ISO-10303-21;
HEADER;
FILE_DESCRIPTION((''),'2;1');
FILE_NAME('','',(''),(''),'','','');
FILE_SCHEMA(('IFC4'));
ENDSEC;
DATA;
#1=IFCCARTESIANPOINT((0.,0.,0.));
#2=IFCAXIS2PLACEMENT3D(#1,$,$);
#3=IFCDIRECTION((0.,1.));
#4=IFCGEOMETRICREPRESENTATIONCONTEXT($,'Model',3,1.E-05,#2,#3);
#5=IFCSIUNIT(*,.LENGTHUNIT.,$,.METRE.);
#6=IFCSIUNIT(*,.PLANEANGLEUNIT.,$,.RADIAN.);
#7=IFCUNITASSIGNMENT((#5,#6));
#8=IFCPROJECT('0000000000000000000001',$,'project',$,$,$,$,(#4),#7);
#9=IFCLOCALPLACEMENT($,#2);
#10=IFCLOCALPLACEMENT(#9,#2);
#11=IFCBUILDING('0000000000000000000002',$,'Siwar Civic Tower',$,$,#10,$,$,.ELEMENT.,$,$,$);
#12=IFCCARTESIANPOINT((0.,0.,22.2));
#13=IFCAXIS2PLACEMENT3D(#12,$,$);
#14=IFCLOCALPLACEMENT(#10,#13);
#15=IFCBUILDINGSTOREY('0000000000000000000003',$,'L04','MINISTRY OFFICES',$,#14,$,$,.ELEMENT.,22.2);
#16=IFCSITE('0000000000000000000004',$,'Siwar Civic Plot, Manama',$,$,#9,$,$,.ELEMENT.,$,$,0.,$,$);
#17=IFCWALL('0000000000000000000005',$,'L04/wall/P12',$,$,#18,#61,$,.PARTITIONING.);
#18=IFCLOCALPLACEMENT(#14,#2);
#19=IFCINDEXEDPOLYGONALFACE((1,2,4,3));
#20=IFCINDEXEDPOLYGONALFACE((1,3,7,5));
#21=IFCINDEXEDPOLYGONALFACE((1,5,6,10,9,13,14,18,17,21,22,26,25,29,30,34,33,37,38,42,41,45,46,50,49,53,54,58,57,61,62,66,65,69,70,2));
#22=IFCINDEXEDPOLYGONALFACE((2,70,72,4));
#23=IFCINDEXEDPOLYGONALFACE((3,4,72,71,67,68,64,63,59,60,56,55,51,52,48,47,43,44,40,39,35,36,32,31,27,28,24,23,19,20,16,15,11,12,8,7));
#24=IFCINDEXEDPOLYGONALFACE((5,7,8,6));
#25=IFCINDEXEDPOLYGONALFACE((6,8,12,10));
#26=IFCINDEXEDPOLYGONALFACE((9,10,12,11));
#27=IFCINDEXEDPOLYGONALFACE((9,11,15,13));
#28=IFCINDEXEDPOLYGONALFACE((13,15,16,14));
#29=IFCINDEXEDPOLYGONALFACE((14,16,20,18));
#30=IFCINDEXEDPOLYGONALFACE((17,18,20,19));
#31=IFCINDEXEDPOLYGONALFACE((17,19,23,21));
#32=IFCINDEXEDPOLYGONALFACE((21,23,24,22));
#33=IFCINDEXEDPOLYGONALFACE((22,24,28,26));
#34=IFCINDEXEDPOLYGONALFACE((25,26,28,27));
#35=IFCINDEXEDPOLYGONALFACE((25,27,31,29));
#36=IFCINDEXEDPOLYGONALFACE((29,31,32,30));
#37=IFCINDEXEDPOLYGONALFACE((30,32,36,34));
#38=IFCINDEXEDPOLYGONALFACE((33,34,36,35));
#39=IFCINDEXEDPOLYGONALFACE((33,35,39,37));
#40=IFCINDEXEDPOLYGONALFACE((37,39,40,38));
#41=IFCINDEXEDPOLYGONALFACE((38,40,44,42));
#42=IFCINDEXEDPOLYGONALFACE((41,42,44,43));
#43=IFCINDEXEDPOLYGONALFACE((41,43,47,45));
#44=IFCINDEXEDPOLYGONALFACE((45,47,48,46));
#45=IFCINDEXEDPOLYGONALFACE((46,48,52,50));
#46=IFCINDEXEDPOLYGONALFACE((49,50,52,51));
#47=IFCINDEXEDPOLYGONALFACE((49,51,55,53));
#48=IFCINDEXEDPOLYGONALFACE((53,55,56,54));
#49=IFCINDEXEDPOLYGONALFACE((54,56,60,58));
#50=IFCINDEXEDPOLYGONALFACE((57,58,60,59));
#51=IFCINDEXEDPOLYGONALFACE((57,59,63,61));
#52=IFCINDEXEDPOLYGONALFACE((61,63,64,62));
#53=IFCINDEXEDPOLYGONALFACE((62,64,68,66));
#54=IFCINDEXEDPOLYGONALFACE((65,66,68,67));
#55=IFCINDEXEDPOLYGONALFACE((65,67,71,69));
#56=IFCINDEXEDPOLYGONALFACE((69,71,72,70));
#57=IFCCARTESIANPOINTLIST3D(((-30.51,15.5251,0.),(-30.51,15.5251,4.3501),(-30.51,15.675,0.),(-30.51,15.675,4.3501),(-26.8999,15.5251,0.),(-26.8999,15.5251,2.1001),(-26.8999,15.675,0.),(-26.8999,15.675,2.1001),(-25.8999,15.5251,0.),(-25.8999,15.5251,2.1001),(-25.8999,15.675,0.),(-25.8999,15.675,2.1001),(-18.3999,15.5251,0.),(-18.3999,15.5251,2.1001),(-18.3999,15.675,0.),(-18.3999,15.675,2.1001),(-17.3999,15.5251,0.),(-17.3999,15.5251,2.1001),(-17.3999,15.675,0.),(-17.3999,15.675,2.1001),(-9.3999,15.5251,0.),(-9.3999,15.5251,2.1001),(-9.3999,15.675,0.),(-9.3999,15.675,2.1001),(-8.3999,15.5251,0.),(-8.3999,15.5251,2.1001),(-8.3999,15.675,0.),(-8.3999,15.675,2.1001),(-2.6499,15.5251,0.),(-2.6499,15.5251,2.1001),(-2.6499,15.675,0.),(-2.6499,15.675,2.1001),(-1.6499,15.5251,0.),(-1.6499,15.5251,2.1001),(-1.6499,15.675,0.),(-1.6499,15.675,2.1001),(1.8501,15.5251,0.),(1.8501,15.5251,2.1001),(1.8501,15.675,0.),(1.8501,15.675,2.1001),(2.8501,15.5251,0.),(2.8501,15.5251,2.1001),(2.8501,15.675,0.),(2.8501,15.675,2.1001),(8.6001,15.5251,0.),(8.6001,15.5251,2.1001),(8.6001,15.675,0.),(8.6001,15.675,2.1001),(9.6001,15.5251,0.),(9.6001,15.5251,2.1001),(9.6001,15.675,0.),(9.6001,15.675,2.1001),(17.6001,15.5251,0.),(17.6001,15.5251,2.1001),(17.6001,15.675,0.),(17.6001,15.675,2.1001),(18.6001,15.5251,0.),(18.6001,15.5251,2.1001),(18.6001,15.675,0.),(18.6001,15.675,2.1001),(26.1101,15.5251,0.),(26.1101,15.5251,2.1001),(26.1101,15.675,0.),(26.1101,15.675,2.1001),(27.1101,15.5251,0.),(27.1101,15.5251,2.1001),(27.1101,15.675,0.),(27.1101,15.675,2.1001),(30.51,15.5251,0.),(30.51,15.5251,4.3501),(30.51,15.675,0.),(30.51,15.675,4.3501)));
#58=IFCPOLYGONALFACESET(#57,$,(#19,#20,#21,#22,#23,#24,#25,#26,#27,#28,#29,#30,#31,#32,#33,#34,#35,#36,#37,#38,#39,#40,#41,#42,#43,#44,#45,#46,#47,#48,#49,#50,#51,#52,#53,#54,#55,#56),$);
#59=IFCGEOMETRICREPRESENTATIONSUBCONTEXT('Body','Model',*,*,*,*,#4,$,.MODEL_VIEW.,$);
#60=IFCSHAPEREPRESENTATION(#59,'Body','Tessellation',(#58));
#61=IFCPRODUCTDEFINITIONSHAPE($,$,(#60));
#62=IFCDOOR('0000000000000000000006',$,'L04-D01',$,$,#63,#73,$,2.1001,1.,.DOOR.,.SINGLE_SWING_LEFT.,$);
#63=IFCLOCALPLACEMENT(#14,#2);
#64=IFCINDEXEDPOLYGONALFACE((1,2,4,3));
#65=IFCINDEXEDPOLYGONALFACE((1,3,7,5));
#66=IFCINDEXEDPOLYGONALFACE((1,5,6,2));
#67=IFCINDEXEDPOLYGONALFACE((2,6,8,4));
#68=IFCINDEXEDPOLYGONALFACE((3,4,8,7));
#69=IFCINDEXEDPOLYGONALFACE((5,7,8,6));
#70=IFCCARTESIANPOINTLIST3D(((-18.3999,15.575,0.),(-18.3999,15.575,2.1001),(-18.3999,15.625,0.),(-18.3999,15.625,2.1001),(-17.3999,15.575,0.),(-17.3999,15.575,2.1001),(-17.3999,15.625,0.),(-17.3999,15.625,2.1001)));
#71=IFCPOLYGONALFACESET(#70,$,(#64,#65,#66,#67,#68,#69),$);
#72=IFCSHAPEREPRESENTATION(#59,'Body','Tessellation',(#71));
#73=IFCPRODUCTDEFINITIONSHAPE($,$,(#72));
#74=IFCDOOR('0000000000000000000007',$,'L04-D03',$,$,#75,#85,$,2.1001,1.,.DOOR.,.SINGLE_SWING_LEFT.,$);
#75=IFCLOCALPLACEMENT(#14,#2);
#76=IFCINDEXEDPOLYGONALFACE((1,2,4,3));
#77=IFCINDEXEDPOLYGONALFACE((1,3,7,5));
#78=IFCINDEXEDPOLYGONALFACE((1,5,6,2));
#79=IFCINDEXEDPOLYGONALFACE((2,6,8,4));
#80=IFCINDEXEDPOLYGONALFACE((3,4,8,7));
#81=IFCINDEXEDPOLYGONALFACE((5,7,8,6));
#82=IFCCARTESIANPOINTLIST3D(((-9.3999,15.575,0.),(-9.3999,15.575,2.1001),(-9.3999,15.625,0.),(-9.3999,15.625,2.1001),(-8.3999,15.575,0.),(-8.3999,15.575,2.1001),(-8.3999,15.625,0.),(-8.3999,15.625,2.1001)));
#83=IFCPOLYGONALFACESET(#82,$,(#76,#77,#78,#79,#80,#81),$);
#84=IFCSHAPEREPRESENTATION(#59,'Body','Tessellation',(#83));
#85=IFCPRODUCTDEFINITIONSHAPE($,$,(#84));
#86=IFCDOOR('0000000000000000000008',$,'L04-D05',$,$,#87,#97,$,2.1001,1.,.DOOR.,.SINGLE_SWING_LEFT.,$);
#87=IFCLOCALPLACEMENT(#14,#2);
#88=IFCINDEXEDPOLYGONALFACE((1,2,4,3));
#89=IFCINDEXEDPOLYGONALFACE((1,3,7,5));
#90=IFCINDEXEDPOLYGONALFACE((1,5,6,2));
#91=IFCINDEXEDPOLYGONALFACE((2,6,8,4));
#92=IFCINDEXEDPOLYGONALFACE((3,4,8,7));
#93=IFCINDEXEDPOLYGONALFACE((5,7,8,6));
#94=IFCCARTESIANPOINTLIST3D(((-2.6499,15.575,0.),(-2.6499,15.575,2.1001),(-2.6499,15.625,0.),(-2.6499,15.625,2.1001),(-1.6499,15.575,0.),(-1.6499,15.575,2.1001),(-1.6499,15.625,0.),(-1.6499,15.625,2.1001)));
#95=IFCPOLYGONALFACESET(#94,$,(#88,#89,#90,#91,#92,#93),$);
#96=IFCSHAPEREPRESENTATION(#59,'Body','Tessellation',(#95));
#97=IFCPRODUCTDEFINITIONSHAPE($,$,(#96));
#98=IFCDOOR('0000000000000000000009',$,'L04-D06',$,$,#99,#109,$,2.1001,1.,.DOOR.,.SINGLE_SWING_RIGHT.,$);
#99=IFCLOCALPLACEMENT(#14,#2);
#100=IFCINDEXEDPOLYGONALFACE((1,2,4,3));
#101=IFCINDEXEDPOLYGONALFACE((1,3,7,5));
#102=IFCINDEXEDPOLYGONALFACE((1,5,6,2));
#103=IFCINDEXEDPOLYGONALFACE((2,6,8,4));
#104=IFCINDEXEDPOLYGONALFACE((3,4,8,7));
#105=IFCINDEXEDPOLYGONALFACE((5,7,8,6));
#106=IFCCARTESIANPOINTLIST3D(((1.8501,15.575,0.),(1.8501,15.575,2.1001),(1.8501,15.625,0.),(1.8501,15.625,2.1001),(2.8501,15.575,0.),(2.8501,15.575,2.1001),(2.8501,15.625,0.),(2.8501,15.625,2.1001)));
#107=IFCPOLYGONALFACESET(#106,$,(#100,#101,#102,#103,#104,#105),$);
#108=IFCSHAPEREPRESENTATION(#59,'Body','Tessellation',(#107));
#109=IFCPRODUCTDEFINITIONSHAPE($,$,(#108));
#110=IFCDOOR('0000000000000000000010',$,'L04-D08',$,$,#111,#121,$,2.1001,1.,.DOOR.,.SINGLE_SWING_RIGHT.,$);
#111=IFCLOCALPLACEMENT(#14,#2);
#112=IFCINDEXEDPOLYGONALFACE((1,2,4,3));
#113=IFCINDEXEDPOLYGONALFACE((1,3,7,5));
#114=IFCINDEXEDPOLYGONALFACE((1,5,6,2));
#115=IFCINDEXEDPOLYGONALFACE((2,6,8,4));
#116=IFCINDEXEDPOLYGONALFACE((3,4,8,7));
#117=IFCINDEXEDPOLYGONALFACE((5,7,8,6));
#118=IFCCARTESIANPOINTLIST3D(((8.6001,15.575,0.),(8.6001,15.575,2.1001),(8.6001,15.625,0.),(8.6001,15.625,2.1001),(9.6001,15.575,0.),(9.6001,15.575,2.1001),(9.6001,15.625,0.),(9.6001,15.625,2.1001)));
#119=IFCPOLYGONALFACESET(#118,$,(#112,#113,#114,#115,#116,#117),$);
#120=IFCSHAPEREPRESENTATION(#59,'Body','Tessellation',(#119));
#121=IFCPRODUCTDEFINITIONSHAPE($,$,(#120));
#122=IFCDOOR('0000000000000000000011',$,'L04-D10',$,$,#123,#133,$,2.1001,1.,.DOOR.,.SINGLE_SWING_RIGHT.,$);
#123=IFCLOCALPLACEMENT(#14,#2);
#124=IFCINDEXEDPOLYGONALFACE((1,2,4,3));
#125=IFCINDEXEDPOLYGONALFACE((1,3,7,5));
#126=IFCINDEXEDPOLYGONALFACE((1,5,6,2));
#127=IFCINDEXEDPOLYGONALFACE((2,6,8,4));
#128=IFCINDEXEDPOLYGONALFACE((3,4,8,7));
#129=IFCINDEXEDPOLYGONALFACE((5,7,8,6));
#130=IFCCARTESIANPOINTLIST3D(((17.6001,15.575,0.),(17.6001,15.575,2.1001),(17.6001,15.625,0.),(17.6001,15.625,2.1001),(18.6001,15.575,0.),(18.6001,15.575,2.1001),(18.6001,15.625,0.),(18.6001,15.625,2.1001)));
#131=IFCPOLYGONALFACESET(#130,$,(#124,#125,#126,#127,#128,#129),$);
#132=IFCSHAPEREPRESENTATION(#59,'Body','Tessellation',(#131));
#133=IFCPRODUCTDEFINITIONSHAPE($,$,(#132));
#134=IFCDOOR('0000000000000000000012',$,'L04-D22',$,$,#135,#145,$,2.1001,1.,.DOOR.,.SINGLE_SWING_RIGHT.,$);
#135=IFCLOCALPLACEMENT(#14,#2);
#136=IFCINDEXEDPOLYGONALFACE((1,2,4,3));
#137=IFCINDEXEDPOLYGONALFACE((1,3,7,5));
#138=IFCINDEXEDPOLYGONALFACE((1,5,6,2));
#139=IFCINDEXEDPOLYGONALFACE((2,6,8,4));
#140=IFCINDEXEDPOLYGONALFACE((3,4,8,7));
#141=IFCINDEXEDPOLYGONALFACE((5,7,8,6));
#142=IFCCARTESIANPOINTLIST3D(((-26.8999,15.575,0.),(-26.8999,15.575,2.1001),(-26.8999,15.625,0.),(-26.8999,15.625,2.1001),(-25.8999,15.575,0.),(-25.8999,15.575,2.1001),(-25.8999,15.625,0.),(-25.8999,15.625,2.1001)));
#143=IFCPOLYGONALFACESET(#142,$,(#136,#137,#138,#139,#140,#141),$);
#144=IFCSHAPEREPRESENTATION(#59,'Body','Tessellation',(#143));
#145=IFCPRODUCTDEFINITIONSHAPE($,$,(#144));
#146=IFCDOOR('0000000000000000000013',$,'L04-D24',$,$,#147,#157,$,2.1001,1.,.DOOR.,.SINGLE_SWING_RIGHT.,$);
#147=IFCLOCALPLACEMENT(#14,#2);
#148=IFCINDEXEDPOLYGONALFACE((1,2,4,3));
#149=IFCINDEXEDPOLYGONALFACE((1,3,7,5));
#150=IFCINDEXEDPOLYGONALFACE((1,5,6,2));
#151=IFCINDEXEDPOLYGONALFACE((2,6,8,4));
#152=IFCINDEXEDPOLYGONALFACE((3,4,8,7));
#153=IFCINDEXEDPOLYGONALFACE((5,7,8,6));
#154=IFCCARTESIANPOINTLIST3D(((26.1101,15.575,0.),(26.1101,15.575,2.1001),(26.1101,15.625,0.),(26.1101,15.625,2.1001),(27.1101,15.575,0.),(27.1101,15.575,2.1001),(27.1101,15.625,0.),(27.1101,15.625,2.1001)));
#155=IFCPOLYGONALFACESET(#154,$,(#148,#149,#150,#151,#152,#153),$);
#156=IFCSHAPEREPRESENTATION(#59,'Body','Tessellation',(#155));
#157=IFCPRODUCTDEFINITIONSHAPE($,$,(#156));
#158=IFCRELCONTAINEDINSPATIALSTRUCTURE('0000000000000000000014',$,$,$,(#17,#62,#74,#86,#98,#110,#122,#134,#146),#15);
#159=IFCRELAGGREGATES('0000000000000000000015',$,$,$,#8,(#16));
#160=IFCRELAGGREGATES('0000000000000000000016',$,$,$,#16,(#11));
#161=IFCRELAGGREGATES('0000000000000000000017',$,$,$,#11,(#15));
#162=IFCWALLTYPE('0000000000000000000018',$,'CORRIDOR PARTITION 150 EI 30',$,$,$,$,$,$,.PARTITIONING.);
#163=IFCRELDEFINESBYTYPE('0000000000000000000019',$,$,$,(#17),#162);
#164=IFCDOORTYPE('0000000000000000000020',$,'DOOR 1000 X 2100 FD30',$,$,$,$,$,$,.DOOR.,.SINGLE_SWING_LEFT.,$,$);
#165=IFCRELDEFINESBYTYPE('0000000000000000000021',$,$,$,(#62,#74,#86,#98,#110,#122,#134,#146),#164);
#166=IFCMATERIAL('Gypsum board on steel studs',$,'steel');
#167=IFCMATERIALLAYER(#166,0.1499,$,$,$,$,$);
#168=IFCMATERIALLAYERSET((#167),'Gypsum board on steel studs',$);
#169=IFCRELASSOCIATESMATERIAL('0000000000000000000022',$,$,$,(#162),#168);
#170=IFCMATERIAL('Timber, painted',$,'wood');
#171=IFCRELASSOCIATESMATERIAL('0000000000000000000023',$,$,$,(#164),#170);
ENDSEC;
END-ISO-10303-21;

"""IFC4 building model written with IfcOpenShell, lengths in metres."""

from ifc_helpers import new_model, si_unit, direction, frame, frame_2d, origin, place, context, subcontext, project, spatial, rectangle, extrude, material, layer, layer_set, type_object, element, fill, save


model = new_model("IFC4")

# Units and contexts
model_context = context("Model", 3, precision=1e-05, world=origin(), true_north=direction((0.0, 1.0)))
body_context = subcontext(model_context, "Body", "Model", "MODEL_VIEW")
ifc_project = project(units=[si_unit("LENGTHUNIT", "METRE"), si_unit("PLANEANGLEUNIT", "RADIAN")], contexts=[model_context])

# Site, building, storey
site_placement = place(None, origin())
site = spatial("IfcSite", under=ifc_project, at=site_placement, Name="Siwar Civic Plot, Manama", CompositionType="ELEMENT", RefElevation=0.0)
building_placement = place(site_placement, origin())
building = spatial("IfcBuilding", under=site, at=building_placement, Name="Siwar Civic Tower", CompositionType="ELEMENT")
storey_placement = place(building_placement, frame((0.0, 0.0, 22.2)))
storey = spatial("IfcBuildingStorey", under=building, at=storey_placement, Name="L04", Description="MINISTRY OFFICES", CompositionType="ELEMENT", Elevation=22.2)

# Wall, openings, doors
ifc_material_1 = material(Name="Gypsum board on steel studs", Category="steel")
ifc_layer_1 = layer(ifc_material_1, 0.1499)
ifc_layer_set_1 = layer_set([ifc_layer_1], Name="Gypsum board on steel studs")
wall_type_1 = type_object("IfcWallType", Name="CORRIDOR PARTITION 150 EI 30", PredefinedType="PARTITIONING", material=ifc_layer_set_1)
wall_1_placement = place(storey_placement, frame((-30.51, 15.6001, 0.0), z_axis=(0.0, 0.0, 1.0), x_axis=(1.0, 0.0, 0.0)))
wall_1 = element("IfcWall", 1, at=wall_1_placement, inside=storey, type_object=wall_type_1, Name="L04/wall/P12", PredefinedType="PARTITIONING", context=body_context, shape_type="SweptSolid", body=[
    extrude(rectangle(XDim=61.02, YDim=0.1499, at=frame_2d((30.51, 0.0))), origin(), (0.0, 0.0, 1.0), 4.3501),
])
opening_1_placement = place(wall_1_placement, frame((12.1101, 0.0, 0.0)))
opening_1 = element("IfcOpeningElement", 2, at=opening_1_placement, cuts=wall_1, PredefinedType="OPENING", context=body_context, shape_type="SweptSolid", body=[
    extrude(rectangle(XDim=1.0, YDim=2.1001, at=frame_2d((0.5, 1.05))), frame((0.0, 0.085, 0.0), z_axis=(0.0, -1.0, 0.0), x_axis=(1.0, 0.0, 0.0)), (0.0, 0.0, 1.0), 0.1699),
])
opening_2_placement = place(wall_1_placement, frame((21.1101, 0.0, 0.0)))
opening_2 = element("IfcOpeningElement", 3, at=opening_2_placement, cuts=wall_1, PredefinedType="OPENING", context=body_context, shape_type="SweptSolid", body=[
    extrude(rectangle(XDim=1.0, YDim=2.1001, at=frame_2d((0.5, 1.05))), frame((0.0, 0.085, 0.0), z_axis=(0.0, -1.0, 0.0), x_axis=(1.0, 0.0, 0.0)), (0.0, 0.0, 1.0), 0.1699),
])
opening_3_placement = place(wall_1_placement, frame((27.8601, 0.0, 0.0)))
opening_3 = element("IfcOpeningElement", 4, at=opening_3_placement, cuts=wall_1, PredefinedType="OPENING", context=body_context, shape_type="SweptSolid", body=[
    extrude(rectangle(XDim=1.0, YDim=2.1001, at=frame_2d((0.5, 1.05))), frame((0.0, 0.085, 0.0), z_axis=(0.0, -1.0, 0.0), x_axis=(1.0, 0.0, 0.0)), (0.0, 0.0, 1.0), 0.1699),
])
opening_4_placement = place(wall_1_placement, frame((32.3601, 0.0, 0.0)))
opening_4 = element("IfcOpeningElement", 5, at=opening_4_placement, cuts=wall_1, PredefinedType="OPENING", context=body_context, shape_type="SweptSolid", body=[
    extrude(rectangle(XDim=1.0, YDim=2.1001, at=frame_2d((0.5, 1.05))), frame((0.0, 0.085, 0.0), z_axis=(0.0, -1.0, 0.0), x_axis=(1.0, 0.0, 0.0)), (0.0, 0.0, 1.0), 0.1699),
])
opening_5_placement = place(wall_1_placement, frame((39.1101, 0.0, 0.0)))
opening_5 = element("IfcOpeningElement", 6, at=opening_5_placement, cuts=wall_1, PredefinedType="OPENING", context=body_context, shape_type="SweptSolid", body=[
    extrude(rectangle(XDim=1.0, YDim=2.1001, at=frame_2d((0.5, 1.05))), frame((0.0, 0.085, 0.0), z_axis=(0.0, -1.0, 0.0), x_axis=(1.0, 0.0, 0.0)), (0.0, 0.0, 1.0), 0.1699),
])
opening_6_placement = place(wall_1_placement, frame((48.1101, 0.0, 0.0)))
opening_6 = element("IfcOpeningElement", 7, at=opening_6_placement, cuts=wall_1, PredefinedType="OPENING", context=body_context, shape_type="SweptSolid", body=[
    extrude(rectangle(XDim=1.0, YDim=2.1001, at=frame_2d((0.5, 1.05))), frame((0.0, 0.085, 0.0), z_axis=(0.0, -1.0, 0.0), x_axis=(1.0, 0.0, 0.0)), (0.0, 0.0, 1.0), 0.1699),
])
opening_7_placement = place(wall_1_placement, frame((3.6101, 0.0, 0.0)))
opening_7 = element("IfcOpeningElement", 8, at=opening_7_placement, cuts=wall_1, PredefinedType="OPENING", context=body_context, shape_type="SweptSolid", body=[
    extrude(rectangle(XDim=1.0, YDim=2.1001, at=frame_2d((0.5, 1.05))), frame((0.0, 0.085, 0.0), z_axis=(0.0, -1.0, 0.0), x_axis=(1.0, 0.0, 0.0)), (0.0, 0.0, 1.0), 0.1699),
])
opening_8_placement = place(wall_1_placement, frame((56.6201, 0.0, 0.0)))
opening_8 = element("IfcOpeningElement", 9, at=opening_8_placement, cuts=wall_1, PredefinedType="OPENING", context=body_context, shape_type="SweptSolid", body=[
    extrude(rectangle(XDim=1.0, YDim=2.1001, at=frame_2d((0.5, 1.05))), frame((0.0, 0.085, 0.0), z_axis=(0.0, -1.0, 0.0), x_axis=(1.0, 0.0, 0.0)), (0.0, 0.0, 1.0), 0.1699),
])
ifc_material_2 = material(Name="Timber, painted", Category="wood")
door_type_1 = type_object("IfcDoorType", Name="DOOR 1000 X 2100 FD30", OperationType="SINGLE_SWING_LEFT", PredefinedType="DOOR", material=ifc_material_2)
door_1_placement = place(opening_1_placement, origin())
door_1 = element("IfcDoor", 10, at=door_1_placement, inside=storey, type_object=door_type_1, Name="L04-D01", OperationType="SINGLE_SWING_LEFT", OverallHeight=2.1001, OverallWidth=1.0, PredefinedType="DOOR", context=body_context, shape_type="SweptSolid", body=[
    extrude(rectangle(XDim=1.0, YDim=2.1001, at=frame_2d((0.5, 1.05))), frame((0.0, 0.0249, 0.0), z_axis=(0.0, -1.0, 0.0), x_axis=(1.0, 0.0, 0.0)), (0.0, 0.0, 1.0), 0.05),
])
fill(opening_1, door_1)
door_2_placement = place(opening_2_placement, origin())
door_2 = element("IfcDoor", 11, at=door_2_placement, inside=storey, type_object=door_type_1, Name="L04-D03", OperationType="SINGLE_SWING_LEFT", OverallHeight=2.1001, OverallWidth=1.0, PredefinedType="DOOR", context=body_context, shape_type="SweptSolid", body=[
    extrude(rectangle(XDim=1.0, YDim=2.1001, at=frame_2d((0.5, 1.05))), frame((0.0, 0.0249, 0.0), z_axis=(0.0, -1.0, 0.0), x_axis=(1.0, 0.0, 0.0)), (0.0, 0.0, 1.0), 0.05),
])
fill(opening_2, door_2)
door_3_placement = place(opening_3_placement, origin())
door_3 = element("IfcDoor", 12, at=door_3_placement, inside=storey, type_object=door_type_1, Name="L04-D05", OperationType="SINGLE_SWING_LEFT", OverallHeight=2.1001, OverallWidth=1.0, PredefinedType="DOOR", context=body_context, shape_type="SweptSolid", body=[
    extrude(rectangle(XDim=1.0, YDim=2.1001, at=frame_2d((0.5, 1.05))), frame((0.0, 0.0249, 0.0), z_axis=(0.0, -1.0, 0.0), x_axis=(1.0, 0.0, 0.0)), (0.0, 0.0, 1.0), 0.05),
])
fill(opening_3, door_3)
door_4_placement = place(opening_4_placement, origin())
door_4 = element("IfcDoor", 13, at=door_4_placement, inside=storey, type_object=door_type_1, Name="L04-D06", OperationType="SINGLE_SWING_RIGHT", OverallHeight=2.1001, OverallWidth=1.0, PredefinedType="DOOR", context=body_context, shape_type="SweptSolid", body=[
    extrude(rectangle(XDim=1.0, YDim=2.1001, at=frame_2d((0.5, 1.05))), frame((0.0, 0.0249, 0.0), z_axis=(0.0, -1.0, 0.0), x_axis=(1.0, 0.0, 0.0)), (0.0, 0.0, 1.0), 0.05),
])
fill(opening_4, door_4)
door_5_placement = place(opening_5_placement, origin())
door_5 = element("IfcDoor", 14, at=door_5_placement, inside=storey, type_object=door_type_1, Name="L04-D08", OperationType="SINGLE_SWING_RIGHT", OverallHeight=2.1001, OverallWidth=1.0, PredefinedType="DOOR", context=body_context, shape_type="SweptSolid", body=[
    extrude(rectangle(XDim=1.0, YDim=2.1001, at=frame_2d((0.5, 1.05))), frame((0.0, 0.0249, 0.0), z_axis=(0.0, -1.0, 0.0), x_axis=(1.0, 0.0, 0.0)), (0.0, 0.0, 1.0), 0.05),
])
fill(opening_5, door_5)
door_6_placement = place(opening_6_placement, origin())
door_6 = element("IfcDoor", 15, at=door_6_placement, inside=storey, type_object=door_type_1, Name="L04-D10", OperationType="SINGLE_SWING_RIGHT", OverallHeight=2.1001, OverallWidth=1.0, PredefinedType="DOOR", context=body_context, shape_type="SweptSolid", body=[
    extrude(rectangle(XDim=1.0, YDim=2.1001, at=frame_2d((0.5, 1.05))), frame((0.0, 0.0249, 0.0), z_axis=(0.0, -1.0, 0.0), x_axis=(1.0, 0.0, 0.0)), (0.0, 0.0, 1.0), 0.05),
])
fill(opening_6, door_6)
door_7_placement = place(opening_7_placement, origin())
door_7 = element("IfcDoor", 16, at=door_7_placement, inside=storey, type_object=door_type_1, Name="L04-D22", OperationType="SINGLE_SWING_RIGHT", OverallHeight=2.1001, OverallWidth=1.0, PredefinedType="DOOR", context=body_context, shape_type="SweptSolid", body=[
    extrude(rectangle(XDim=1.0, YDim=2.1001, at=frame_2d((0.5, 1.05))), frame((0.0, 0.0249, 0.0), z_axis=(0.0, -1.0, 0.0), x_axis=(1.0, 0.0, 0.0)), (0.0, 0.0, 1.0), 0.05),
])
fill(opening_7, door_7)
door_8_placement = place(opening_8_placement, origin())
door_8 = element("IfcDoor", 17, at=door_8_placement, inside=storey, type_object=door_type_1, Name="L04-D24", OperationType="SINGLE_SWING_RIGHT", OverallHeight=2.1001, OverallWidth=1.0, PredefinedType="DOOR", context=body_context, shape_type="SweptSolid", body=[
    extrude(rectangle(XDim=1.0, YDim=2.1001, at=frame_2d((0.5, 1.05))), frame((0.0, 0.0249, 0.0), z_axis=(0.0, -1.0, 0.0), x_axis=(1.0, 0.0, 0.0)), (0.0, 0.0, 1.0), 0.05),
])
fill(opening_8, door_8)

save(model, "model.ifc")
